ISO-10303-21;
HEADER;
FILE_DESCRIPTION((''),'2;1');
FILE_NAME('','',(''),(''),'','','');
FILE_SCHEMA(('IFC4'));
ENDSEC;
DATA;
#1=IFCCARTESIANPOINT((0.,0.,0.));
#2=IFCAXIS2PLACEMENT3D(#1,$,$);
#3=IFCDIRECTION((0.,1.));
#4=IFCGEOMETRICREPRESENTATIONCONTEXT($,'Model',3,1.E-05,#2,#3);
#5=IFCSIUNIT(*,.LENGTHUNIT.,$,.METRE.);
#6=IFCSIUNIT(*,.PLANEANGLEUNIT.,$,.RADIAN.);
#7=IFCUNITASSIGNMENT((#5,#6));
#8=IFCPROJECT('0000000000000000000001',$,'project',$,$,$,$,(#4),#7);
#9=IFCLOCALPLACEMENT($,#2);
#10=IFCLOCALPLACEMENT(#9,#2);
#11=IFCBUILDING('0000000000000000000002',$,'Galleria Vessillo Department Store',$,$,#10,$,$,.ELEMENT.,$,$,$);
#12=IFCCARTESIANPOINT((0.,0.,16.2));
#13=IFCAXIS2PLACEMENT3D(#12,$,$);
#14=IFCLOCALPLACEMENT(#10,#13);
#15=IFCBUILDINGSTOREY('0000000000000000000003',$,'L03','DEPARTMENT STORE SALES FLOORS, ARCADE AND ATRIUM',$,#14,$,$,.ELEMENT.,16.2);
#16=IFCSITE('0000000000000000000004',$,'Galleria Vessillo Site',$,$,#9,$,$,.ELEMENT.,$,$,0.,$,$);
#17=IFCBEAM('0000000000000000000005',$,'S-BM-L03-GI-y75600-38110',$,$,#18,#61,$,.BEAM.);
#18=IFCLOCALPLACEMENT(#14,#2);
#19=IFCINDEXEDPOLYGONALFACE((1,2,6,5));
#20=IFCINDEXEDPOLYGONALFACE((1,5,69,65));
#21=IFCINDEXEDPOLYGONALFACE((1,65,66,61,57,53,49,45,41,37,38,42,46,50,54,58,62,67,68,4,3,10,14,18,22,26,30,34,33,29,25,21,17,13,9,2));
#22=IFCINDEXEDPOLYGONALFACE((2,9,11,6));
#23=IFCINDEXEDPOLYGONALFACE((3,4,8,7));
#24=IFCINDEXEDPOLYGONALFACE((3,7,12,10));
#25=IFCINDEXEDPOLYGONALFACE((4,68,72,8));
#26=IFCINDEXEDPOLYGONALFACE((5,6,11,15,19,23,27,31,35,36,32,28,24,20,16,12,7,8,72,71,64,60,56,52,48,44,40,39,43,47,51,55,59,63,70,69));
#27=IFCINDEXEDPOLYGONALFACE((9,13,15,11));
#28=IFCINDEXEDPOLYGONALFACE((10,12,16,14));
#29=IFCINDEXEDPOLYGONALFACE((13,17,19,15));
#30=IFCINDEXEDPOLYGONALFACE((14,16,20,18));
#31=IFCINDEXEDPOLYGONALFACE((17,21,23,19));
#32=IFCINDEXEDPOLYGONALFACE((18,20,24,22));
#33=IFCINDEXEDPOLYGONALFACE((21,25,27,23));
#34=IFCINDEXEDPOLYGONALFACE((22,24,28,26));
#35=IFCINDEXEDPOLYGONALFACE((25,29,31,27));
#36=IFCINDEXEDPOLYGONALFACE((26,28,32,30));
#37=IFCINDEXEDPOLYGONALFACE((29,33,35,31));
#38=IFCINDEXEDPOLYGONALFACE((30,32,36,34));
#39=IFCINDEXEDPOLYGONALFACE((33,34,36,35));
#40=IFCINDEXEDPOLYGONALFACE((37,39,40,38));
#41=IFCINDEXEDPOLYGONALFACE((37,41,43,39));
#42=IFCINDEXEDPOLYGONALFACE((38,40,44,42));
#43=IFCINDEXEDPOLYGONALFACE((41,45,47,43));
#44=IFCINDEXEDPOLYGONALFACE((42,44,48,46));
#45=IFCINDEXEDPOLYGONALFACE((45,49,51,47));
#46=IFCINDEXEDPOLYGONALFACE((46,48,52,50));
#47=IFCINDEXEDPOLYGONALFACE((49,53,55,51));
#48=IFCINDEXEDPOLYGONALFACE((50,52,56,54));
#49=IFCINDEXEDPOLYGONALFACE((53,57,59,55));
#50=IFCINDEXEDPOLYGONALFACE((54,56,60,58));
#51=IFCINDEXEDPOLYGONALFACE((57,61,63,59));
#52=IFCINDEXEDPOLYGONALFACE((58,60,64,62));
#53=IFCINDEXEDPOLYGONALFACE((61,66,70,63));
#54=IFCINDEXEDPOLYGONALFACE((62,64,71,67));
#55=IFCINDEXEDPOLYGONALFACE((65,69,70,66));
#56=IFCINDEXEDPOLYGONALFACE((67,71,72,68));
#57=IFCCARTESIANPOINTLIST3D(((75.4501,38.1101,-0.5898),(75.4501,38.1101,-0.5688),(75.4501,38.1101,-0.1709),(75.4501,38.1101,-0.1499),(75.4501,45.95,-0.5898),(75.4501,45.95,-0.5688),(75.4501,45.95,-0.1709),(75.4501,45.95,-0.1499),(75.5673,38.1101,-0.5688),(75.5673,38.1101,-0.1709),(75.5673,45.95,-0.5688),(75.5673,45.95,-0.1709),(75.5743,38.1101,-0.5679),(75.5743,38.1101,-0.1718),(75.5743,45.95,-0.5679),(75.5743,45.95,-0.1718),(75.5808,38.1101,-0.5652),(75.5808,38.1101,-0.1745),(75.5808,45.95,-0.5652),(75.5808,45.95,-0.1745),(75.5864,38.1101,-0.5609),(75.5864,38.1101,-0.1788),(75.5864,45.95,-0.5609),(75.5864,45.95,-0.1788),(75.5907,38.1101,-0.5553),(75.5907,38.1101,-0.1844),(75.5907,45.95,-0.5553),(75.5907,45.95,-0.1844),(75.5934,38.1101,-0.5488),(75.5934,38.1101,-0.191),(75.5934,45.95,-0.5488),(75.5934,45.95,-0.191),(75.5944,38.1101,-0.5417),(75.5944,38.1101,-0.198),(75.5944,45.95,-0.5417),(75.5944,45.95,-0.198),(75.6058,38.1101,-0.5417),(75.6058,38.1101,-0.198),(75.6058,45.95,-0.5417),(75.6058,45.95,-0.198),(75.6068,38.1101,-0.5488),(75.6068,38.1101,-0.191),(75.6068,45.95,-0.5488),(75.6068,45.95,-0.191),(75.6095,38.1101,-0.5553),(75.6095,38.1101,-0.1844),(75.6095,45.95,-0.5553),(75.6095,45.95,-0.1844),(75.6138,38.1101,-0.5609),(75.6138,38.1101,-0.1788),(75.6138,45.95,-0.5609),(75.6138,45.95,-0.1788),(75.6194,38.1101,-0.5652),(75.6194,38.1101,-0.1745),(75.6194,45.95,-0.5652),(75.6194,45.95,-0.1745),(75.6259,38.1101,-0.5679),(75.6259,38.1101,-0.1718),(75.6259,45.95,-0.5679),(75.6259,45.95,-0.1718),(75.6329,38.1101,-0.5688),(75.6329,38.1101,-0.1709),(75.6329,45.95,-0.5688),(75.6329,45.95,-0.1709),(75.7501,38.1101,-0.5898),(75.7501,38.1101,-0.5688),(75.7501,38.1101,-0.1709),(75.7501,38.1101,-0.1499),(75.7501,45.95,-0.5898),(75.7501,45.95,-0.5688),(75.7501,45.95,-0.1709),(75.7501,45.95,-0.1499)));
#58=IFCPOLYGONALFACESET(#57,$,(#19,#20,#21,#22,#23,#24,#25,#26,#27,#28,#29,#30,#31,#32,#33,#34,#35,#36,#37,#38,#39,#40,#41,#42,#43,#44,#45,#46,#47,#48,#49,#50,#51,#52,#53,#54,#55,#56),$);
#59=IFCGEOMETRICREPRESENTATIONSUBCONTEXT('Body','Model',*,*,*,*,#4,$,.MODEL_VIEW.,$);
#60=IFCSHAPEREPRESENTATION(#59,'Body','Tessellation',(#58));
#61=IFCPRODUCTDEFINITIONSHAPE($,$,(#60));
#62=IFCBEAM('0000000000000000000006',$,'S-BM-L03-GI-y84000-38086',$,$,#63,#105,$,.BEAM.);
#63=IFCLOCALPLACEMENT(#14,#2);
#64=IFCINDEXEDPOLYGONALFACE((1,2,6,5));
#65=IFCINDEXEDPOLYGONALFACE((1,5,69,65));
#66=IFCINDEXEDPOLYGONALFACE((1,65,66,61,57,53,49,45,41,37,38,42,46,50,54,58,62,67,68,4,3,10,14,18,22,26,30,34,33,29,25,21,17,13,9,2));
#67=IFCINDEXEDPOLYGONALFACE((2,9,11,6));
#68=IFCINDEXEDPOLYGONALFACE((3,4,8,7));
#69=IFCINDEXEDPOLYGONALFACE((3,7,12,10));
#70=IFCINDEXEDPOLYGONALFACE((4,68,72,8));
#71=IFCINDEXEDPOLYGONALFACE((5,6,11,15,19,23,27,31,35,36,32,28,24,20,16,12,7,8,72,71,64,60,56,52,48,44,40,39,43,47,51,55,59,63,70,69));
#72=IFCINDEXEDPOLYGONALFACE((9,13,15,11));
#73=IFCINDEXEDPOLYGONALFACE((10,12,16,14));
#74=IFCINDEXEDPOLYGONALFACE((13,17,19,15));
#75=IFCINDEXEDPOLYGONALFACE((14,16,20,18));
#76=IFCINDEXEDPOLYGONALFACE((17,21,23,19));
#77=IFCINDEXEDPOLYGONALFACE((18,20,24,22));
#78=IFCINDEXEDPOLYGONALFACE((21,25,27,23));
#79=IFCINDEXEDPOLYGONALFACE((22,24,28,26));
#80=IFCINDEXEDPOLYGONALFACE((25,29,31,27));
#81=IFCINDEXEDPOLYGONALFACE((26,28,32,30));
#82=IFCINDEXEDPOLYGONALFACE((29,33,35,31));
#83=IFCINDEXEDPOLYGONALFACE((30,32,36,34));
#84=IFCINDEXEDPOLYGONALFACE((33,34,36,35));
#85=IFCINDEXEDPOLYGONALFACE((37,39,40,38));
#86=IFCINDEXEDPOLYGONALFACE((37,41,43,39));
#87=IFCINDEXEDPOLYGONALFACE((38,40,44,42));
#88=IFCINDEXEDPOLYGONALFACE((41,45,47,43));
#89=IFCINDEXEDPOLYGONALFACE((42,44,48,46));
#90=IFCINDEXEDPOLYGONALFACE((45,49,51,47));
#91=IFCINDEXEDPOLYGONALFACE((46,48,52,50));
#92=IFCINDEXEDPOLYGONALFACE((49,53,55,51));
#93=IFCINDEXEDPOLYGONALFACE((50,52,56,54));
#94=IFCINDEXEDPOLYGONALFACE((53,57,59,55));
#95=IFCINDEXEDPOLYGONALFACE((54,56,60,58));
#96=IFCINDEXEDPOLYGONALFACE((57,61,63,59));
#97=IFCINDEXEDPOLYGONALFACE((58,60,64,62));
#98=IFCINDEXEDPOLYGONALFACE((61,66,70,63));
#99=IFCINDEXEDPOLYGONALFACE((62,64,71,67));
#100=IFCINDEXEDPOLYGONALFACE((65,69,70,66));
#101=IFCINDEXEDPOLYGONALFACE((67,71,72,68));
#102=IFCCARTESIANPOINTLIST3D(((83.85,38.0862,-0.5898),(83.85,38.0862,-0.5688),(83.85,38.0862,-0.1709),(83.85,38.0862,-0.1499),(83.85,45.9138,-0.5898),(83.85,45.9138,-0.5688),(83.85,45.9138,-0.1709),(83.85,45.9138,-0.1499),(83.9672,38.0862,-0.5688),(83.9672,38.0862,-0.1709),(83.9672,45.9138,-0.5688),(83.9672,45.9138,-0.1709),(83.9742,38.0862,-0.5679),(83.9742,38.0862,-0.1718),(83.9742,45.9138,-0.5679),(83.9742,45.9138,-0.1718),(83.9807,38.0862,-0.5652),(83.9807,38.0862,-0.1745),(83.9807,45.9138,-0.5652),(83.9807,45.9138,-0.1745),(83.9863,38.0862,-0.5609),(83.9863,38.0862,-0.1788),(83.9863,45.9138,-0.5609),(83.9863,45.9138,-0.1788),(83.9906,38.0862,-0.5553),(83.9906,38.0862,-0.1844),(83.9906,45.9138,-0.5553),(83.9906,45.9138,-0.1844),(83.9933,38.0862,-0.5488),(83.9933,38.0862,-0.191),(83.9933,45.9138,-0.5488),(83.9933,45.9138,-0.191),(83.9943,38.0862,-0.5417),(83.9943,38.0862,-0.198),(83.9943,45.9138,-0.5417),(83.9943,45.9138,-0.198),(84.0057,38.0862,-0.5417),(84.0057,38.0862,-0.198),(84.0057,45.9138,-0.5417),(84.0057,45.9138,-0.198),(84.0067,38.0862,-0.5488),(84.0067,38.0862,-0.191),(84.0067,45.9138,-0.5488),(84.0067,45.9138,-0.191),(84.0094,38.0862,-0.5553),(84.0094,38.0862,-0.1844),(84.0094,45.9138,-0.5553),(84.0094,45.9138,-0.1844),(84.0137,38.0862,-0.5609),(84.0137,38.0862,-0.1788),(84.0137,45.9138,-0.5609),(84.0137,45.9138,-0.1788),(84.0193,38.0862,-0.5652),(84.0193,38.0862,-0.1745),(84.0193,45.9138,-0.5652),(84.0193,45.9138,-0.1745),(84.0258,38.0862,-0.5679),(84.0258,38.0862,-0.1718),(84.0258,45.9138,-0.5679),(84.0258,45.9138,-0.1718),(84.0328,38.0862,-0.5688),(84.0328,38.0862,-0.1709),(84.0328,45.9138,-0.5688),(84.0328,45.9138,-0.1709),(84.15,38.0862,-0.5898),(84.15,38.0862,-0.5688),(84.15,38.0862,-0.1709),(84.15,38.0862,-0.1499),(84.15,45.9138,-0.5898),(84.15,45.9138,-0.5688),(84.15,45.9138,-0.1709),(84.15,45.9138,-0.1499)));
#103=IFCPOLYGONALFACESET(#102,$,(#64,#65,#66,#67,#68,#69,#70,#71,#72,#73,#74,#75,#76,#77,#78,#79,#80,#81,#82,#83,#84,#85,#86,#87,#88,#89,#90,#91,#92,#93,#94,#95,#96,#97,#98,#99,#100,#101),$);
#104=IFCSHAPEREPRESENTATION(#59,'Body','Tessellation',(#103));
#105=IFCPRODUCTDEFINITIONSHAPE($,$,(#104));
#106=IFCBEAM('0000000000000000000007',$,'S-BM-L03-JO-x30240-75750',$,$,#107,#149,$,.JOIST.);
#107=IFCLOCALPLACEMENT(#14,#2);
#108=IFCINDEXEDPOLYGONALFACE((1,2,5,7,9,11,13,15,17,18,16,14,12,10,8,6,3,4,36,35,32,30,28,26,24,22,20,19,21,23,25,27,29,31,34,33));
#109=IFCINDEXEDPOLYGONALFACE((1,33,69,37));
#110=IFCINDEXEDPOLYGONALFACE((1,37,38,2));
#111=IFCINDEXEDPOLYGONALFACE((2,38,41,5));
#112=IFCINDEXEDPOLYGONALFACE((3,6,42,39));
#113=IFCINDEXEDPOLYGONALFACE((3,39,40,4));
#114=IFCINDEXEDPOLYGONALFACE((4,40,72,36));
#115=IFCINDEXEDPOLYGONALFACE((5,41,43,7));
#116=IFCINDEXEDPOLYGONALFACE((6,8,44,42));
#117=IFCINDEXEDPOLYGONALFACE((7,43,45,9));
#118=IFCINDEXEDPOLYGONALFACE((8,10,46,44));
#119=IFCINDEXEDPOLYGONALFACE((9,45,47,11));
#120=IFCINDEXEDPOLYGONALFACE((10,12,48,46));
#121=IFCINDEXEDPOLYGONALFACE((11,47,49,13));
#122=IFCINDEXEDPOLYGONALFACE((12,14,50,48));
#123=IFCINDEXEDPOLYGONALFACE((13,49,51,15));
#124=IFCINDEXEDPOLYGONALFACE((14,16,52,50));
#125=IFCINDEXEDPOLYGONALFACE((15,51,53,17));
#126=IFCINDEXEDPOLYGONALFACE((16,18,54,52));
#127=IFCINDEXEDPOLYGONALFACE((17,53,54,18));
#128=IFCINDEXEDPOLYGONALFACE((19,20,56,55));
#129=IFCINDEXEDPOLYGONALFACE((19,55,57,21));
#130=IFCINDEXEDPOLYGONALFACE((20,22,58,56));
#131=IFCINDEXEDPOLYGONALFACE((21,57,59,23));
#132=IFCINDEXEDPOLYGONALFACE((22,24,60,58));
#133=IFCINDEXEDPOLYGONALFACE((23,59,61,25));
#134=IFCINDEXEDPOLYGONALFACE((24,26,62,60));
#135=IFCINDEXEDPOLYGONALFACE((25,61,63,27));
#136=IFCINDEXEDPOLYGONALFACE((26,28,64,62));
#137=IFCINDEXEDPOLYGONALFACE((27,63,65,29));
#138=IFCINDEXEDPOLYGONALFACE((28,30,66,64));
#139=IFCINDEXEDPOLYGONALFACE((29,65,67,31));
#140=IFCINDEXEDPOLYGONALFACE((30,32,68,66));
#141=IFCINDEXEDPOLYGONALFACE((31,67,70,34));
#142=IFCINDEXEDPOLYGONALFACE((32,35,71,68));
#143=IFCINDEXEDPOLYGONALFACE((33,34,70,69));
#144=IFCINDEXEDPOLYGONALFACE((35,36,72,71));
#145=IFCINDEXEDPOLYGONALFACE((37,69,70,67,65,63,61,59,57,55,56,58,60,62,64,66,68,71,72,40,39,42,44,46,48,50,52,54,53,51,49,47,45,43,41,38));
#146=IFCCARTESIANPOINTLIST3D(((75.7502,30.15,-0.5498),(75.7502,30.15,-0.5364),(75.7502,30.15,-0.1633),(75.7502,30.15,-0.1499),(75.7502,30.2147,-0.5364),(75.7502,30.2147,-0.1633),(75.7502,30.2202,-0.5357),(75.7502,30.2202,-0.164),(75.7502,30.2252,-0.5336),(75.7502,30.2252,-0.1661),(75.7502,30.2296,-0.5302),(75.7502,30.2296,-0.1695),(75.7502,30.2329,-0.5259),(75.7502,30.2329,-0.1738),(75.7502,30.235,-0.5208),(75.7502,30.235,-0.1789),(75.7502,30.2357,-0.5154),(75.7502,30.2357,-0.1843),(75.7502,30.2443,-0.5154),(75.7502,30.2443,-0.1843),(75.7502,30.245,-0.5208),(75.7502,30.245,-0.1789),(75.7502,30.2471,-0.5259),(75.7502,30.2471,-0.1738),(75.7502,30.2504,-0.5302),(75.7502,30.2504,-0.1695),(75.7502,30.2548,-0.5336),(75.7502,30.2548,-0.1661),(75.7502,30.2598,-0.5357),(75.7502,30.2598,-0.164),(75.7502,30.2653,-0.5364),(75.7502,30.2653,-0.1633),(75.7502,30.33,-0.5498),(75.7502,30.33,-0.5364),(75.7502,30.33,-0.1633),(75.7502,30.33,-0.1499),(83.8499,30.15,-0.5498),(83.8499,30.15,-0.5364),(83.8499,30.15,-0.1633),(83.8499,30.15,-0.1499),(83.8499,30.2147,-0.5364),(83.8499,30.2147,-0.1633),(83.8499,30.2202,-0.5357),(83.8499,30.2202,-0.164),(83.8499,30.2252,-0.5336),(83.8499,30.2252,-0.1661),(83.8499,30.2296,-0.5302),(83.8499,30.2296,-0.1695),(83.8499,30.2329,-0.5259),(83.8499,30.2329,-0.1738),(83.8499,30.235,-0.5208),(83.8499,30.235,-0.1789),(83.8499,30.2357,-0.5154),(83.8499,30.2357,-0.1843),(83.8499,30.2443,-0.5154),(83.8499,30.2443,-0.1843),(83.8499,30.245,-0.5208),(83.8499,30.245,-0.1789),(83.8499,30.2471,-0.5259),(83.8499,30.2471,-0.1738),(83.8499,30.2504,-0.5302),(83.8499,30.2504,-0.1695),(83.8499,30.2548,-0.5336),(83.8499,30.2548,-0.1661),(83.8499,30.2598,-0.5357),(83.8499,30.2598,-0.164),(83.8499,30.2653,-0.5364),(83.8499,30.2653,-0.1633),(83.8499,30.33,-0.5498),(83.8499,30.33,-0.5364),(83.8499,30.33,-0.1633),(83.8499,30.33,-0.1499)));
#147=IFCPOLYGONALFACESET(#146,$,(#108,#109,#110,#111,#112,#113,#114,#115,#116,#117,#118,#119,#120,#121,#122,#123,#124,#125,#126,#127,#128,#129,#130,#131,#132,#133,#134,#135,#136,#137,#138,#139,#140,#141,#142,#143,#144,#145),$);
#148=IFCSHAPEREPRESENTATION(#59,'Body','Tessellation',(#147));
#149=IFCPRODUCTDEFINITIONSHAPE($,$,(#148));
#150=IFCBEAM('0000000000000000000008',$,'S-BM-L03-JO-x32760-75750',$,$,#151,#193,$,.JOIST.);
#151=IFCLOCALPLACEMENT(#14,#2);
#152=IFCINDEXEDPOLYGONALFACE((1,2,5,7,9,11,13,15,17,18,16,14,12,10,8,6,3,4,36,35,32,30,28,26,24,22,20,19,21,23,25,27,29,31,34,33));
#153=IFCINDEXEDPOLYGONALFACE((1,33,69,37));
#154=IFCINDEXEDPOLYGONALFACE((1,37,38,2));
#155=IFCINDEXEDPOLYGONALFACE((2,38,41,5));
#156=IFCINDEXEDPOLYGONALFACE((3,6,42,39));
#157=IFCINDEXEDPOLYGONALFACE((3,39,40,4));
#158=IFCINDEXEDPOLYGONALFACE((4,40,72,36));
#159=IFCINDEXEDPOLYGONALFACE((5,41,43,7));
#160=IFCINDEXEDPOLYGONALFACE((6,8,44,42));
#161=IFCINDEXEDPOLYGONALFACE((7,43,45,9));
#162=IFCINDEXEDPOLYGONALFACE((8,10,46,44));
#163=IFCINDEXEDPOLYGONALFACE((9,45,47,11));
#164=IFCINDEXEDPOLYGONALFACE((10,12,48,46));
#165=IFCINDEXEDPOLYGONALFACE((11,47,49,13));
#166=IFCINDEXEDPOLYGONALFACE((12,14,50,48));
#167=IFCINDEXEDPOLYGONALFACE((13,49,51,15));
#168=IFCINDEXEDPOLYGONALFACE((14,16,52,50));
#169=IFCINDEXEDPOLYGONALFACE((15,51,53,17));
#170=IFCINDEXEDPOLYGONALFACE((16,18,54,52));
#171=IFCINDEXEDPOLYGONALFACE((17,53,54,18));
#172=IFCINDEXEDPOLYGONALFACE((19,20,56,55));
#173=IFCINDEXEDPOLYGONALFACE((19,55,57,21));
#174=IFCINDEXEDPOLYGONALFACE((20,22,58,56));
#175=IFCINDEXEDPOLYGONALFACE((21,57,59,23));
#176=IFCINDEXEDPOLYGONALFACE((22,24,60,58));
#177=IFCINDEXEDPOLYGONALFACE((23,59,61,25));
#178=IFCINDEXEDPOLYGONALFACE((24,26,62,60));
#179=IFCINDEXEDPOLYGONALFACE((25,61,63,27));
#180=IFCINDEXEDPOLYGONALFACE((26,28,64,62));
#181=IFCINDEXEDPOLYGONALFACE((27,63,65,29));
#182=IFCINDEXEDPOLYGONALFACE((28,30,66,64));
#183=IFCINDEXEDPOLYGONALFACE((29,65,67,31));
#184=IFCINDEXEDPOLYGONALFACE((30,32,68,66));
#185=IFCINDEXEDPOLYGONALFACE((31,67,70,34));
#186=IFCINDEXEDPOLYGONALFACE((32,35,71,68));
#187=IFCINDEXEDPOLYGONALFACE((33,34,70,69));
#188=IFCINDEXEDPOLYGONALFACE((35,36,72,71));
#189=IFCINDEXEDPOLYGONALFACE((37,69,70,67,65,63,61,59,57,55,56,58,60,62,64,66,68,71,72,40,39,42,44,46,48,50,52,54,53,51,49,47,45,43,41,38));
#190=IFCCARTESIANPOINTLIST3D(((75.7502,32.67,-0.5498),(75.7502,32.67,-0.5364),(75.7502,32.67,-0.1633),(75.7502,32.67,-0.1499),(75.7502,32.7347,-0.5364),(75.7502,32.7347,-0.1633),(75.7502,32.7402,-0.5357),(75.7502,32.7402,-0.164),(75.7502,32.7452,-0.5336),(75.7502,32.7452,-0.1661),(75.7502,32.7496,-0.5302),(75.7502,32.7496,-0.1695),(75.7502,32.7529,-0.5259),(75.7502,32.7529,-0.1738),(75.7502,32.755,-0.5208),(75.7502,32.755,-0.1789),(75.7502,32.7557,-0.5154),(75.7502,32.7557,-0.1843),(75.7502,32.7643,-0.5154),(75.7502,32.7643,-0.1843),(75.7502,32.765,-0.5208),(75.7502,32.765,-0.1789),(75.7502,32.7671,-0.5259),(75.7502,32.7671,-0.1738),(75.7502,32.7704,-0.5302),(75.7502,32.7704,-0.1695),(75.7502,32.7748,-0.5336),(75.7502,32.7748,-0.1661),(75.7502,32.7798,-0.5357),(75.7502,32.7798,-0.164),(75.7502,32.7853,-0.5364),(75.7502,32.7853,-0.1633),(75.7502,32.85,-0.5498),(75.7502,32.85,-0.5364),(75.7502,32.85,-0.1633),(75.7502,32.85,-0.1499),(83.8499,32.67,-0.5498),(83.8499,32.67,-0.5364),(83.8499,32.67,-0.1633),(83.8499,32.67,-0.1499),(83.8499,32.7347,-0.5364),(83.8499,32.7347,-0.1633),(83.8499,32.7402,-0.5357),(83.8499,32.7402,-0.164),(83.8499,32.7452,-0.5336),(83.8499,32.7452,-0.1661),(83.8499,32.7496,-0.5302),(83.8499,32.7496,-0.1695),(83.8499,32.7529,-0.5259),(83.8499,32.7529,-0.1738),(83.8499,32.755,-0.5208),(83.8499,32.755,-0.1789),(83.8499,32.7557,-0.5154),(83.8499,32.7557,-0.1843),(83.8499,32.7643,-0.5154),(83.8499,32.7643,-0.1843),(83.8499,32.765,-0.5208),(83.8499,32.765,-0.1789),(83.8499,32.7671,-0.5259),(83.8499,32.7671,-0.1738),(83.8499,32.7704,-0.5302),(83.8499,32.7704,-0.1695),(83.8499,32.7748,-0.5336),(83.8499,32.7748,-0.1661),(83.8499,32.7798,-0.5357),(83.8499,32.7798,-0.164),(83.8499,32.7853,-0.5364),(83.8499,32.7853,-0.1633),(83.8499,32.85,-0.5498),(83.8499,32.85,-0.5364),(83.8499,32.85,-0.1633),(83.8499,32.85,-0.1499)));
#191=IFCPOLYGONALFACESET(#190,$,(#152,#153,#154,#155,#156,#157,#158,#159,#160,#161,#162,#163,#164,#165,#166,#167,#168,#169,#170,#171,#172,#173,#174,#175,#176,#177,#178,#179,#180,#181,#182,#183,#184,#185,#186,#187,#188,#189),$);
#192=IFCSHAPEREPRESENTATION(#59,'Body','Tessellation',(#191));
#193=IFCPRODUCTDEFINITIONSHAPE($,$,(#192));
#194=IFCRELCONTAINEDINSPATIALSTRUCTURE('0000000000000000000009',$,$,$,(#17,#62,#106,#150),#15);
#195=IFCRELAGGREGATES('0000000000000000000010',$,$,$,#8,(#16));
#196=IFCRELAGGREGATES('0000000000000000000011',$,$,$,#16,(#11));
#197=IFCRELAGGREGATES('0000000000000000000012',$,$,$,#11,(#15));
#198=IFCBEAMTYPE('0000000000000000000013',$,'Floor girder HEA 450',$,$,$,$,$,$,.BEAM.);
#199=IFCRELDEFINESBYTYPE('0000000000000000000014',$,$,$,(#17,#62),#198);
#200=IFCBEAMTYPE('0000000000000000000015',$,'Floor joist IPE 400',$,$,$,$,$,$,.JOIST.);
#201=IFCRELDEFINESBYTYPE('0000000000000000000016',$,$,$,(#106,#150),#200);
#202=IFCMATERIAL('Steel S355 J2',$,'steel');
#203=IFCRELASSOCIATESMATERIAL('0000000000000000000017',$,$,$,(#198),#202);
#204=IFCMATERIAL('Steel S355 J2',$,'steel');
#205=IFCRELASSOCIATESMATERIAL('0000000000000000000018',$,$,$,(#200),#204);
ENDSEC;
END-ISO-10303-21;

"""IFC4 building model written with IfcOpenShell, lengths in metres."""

from ifc_helpers import new_model, si_unit, direction, frame, origin, origin_2d, place, context, subcontext, project, spatial, i_section, extrude, material, material_profile, profile_set, type_object, element, save


model = new_model("IFC4")

# Units and contexts
model_context = context("Model", 3, precision=1e-05, world=origin(), true_north=direction((0.0, 1.0)))
body_context = subcontext(model_context, "Body", "Model", "MODEL_VIEW")
ifc_project = project(units=[si_unit("LENGTHUNIT", "METRE"), si_unit("PLANEANGLEUNIT", "RADIAN")], contexts=[model_context])

# Site, building, storey
site_placement = place(None, origin())
site = spatial("IfcSite", under=ifc_project, at=site_placement, Name="Galleria Vessillo Site", CompositionType="ELEMENT", RefElevation=0.0)
building_placement = place(site_placement, origin())
building = spatial("IfcBuilding", under=site, at=building_placement, Name="Galleria Vessillo Department Store", CompositionType="ELEMENT")
storey_placement = place(building_placement, frame((0.0, 0.0, 16.2)))
storey = spatial("IfcBuildingStorey", under=building, at=storey_placement, Name="L03", Description="DEPARTMENT STORE SALES FLOORS, ARCADE AND ATRIUM", CompositionType="ELEMENT", Elevation=16.2)

# Beams
ifc_material_1 = material(Name="Steel S355 J2", Category="steel")
ifc_material_profile_1 = material_profile(ifc_material_1, i_section(OverallWidth=0.3, OverallDepth=0.4399, WebThickness=0.0115, FlangeThickness=0.021, FilletRadius=0.0271, at=origin_2d()), Name="HEA 450")
ifc_profile_set_1 = profile_set([ifc_material_profile_1], Name="Steel S355 J2")
beam_type_1 = type_object("IfcBeamType", Name="Floor girder HEA 450", PredefinedType="BEAM", material=ifc_profile_set_1)
beam_1_placement = place(storey_placement, frame((75.6001, 38.1101, -0.3699), z_axis=(0.0, 1.0, 0.0), x_axis=(-1.0, 0.0, 0.0)))
element("IfcBeam", 1, at=beam_1_placement, inside=storey, type_object=beam_type_1, Name="S-BM-L03-GI-y75600-38110", PredefinedType="BEAM", context=body_context, shape_type="SweptSolid", body=[
    extrude(i_section(OverallWidth=0.3, OverallDepth=0.4399, WebThickness=0.0115, FlangeThickness=0.021, FilletRadius=0.0271, at=origin_2d()), origin(), (0.0, 0.0, 1.0), 7.8398),
])
beam_2_placement = place(storey_placement, frame((84.0, 38.0862, -0.3699), z_axis=(0.0, 1.0, 0.0), x_axis=(-1.0, 0.0, 0.0)))
element("IfcBeam", 2, at=beam_2_placement, inside=storey, type_object=beam_type_1, Name="S-BM-L03-GI-y84000-38086", PredefinedType="BEAM", context=body_context, shape_type="SweptSolid", body=[
    extrude(i_section(OverallWidth=0.3, OverallDepth=0.4399, WebThickness=0.0115, FlangeThickness=0.021, FilletRadius=0.0271, at=origin_2d()), origin(), (0.0, 0.0, 1.0), 7.8276),
])
ifc_material_2 = material(Name="Steel S355 J2", Category="steel")
ifc_material_profile_2 = material_profile(ifc_material_2, i_section(OverallWidth=0.1799, OverallDepth=0.3999, WebThickness=0.0085, FlangeThickness=0.0134, FilletRadius=0.021, at=origin_2d()), Name="IPE 400")
ifc_profile_set_2 = profile_set([ifc_material_profile_2], Name="Steel S355 J2")
beam_type_2 = type_object("IfcBeamType", Name="Floor joist IPE 400", PredefinedType="JOIST", material=ifc_profile_set_2)
for number, where, z_axis, x_axis, name in (
    (3, (75.7502, 30.24, -0.3499), (1.0, 0.0, 0.0), (0.0, 1.0, 0.0), "S-BM-L03-JO-x30240-75750"),
    (4, (75.7502, 32.76, -0.3499), (1.0, 0.0, 0.0), (0.0, 1.0, 0.0), "S-BM-L03-JO-x32760-75750"),
):
    element("IfcBeam", number, at=place(storey_placement, frame(where, z_axis=z_axis, x_axis=x_axis)), inside=storey, type_object=beam_type_2, Name=name, PredefinedType="JOIST", context=body_context, shape_type="SweptSolid", body=[
        extrude(i_section(OverallWidth=0.1799, OverallDepth=0.3999, WebThickness=0.0085, FlangeThickness=0.0134, FilletRadius=0.021, at=origin_2d()), origin(), (0.0, 0.0, 1.0), 8.0996),
    ])

save(model, "model.ifc")
